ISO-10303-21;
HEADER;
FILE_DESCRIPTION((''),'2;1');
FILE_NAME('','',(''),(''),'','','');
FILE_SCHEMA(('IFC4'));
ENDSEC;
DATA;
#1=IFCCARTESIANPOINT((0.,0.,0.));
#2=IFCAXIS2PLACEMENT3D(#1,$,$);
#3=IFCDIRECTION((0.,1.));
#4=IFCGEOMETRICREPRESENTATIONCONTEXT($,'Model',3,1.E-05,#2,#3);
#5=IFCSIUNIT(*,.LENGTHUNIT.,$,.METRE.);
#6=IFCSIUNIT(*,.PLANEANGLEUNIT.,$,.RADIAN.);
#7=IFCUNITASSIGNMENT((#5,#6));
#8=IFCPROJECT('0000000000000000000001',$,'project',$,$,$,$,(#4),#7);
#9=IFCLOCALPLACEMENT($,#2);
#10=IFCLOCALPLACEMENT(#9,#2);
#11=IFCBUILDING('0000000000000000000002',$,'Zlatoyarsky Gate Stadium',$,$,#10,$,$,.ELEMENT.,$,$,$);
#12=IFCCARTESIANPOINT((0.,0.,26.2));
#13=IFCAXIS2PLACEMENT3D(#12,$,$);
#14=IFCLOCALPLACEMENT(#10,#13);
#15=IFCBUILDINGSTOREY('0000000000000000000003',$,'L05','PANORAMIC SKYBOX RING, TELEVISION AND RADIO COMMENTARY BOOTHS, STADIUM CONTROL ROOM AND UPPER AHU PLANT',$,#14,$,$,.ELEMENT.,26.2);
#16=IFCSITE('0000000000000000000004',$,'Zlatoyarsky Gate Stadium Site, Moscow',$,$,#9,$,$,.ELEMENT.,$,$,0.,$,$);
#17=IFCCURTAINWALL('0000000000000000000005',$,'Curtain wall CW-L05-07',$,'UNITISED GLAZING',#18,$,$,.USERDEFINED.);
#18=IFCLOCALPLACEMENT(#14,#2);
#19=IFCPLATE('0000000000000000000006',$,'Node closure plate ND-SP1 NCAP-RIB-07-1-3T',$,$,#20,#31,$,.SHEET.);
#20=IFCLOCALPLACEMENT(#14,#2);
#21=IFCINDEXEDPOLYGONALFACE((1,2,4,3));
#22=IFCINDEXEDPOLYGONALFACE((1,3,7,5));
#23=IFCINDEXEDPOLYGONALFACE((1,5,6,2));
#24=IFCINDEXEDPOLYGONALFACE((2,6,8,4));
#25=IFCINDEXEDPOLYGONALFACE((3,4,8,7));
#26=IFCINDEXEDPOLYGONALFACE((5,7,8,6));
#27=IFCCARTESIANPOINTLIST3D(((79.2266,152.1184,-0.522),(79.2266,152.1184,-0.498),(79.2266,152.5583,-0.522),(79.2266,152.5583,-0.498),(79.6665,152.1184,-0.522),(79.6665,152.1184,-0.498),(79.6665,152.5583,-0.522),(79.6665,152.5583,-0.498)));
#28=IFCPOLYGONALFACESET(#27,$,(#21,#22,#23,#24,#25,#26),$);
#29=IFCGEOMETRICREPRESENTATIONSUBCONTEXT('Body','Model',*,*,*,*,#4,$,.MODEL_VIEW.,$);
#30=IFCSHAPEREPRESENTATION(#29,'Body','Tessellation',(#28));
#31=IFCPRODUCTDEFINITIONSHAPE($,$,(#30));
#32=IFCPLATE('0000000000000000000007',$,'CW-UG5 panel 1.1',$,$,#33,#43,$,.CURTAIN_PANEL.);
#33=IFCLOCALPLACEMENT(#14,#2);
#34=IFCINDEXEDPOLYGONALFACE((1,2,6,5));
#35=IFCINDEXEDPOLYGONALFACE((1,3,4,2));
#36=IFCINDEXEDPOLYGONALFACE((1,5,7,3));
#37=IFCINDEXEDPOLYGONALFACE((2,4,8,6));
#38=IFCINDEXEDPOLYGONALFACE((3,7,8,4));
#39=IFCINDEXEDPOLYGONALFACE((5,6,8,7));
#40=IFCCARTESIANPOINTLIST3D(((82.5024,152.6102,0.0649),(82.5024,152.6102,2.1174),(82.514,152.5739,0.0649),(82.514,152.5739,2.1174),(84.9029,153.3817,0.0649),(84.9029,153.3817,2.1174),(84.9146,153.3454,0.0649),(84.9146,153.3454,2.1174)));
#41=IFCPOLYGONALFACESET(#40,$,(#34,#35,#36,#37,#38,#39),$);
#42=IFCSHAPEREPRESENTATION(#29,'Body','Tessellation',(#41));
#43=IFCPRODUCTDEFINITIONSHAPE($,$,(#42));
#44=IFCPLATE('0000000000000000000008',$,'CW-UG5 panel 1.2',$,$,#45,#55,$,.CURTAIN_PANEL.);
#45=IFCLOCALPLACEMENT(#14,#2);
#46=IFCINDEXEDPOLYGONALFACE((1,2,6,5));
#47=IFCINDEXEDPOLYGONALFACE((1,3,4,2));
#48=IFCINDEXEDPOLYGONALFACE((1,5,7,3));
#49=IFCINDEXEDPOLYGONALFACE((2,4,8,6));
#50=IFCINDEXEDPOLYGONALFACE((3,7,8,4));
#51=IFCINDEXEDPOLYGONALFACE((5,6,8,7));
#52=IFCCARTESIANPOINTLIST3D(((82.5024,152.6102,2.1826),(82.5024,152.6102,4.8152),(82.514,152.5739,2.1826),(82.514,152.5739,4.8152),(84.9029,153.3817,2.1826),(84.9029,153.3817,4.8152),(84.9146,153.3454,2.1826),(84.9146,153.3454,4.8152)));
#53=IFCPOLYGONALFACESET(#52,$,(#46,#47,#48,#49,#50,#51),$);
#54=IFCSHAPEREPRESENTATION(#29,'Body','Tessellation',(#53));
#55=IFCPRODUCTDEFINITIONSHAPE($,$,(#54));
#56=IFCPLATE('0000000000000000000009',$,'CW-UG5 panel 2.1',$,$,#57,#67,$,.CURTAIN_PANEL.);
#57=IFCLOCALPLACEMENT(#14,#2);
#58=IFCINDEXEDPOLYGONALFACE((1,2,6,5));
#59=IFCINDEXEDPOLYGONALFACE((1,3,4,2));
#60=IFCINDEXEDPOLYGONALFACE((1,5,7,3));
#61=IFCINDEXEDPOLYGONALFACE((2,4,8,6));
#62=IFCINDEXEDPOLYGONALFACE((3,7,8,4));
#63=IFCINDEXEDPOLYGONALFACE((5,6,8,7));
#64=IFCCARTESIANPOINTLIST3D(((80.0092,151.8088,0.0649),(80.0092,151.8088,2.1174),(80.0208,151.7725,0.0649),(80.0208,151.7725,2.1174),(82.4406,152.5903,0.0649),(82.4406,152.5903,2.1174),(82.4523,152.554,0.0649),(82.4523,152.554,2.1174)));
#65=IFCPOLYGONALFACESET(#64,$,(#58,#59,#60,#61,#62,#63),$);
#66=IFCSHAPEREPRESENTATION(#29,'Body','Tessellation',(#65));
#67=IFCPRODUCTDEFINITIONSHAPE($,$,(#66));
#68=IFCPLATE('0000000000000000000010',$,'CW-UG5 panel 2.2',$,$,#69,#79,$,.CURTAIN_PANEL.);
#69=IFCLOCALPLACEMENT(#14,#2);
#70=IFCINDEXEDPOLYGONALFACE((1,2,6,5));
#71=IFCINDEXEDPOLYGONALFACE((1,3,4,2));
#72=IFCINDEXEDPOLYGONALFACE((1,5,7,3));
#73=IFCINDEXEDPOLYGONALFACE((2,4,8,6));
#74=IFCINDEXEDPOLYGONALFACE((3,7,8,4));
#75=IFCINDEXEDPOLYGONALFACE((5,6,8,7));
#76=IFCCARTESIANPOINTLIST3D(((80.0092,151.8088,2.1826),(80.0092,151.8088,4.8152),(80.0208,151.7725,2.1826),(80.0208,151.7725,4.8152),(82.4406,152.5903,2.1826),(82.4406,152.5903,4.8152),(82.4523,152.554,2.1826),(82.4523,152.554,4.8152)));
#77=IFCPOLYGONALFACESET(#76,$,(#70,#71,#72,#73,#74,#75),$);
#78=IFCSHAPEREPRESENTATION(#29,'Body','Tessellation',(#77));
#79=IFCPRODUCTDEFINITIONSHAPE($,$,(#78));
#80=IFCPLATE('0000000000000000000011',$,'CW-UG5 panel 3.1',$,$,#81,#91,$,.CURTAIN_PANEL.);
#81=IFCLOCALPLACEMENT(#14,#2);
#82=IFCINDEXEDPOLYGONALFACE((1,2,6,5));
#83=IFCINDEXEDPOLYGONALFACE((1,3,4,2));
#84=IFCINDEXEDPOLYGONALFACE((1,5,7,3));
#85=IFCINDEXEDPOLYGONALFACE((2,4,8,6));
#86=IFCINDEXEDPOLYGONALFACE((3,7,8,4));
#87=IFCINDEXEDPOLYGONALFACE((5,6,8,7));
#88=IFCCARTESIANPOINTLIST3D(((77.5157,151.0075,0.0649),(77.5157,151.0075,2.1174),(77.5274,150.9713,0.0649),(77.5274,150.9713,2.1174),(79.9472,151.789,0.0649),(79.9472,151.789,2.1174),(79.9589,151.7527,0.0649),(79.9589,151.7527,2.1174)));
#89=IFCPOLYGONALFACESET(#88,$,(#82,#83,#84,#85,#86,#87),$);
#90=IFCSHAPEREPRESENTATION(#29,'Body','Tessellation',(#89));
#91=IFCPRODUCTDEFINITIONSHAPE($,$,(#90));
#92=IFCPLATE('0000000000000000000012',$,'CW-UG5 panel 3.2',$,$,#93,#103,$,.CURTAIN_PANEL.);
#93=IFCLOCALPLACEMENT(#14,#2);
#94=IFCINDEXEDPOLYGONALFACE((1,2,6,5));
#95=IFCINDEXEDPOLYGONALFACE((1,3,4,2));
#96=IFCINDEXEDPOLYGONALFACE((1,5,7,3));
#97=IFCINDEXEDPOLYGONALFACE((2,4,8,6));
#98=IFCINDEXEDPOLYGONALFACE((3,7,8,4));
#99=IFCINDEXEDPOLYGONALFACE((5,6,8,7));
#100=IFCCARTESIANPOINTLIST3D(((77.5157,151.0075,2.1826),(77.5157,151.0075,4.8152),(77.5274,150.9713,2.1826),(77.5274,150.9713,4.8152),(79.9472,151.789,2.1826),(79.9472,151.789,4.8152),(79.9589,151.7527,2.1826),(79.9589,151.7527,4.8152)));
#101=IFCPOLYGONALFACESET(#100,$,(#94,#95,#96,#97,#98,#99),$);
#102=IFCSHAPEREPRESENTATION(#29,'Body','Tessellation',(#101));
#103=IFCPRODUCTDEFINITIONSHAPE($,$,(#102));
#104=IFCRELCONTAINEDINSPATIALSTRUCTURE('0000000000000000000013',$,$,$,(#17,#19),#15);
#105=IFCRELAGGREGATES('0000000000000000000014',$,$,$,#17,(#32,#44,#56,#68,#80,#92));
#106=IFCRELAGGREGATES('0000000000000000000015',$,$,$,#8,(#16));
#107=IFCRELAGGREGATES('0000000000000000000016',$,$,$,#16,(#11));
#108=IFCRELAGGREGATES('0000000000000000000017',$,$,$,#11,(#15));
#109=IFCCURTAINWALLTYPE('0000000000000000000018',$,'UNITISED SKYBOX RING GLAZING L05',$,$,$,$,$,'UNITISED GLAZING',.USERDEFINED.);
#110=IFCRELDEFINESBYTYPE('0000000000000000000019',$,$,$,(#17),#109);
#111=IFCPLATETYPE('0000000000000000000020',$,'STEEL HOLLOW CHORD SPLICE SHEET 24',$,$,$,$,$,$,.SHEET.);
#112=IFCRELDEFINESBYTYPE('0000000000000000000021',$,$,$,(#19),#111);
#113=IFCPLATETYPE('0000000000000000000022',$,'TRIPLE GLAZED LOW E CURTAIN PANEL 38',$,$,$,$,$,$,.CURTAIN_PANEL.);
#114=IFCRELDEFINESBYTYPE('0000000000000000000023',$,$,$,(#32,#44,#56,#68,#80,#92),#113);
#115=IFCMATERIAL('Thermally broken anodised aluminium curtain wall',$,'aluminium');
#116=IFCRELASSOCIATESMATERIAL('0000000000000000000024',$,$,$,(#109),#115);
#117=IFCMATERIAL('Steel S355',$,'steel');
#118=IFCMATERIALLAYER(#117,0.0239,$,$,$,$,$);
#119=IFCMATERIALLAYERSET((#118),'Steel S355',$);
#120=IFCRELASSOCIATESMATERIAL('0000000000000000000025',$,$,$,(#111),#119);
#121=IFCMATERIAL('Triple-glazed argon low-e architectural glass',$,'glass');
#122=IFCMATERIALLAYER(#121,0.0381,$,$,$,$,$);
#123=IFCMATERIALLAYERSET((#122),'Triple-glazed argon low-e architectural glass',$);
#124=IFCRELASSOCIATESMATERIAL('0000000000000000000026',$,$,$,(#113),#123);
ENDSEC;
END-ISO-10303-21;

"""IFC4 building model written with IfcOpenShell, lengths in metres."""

from ifc_helpers import new_model, si_unit, direction, frame, origin, origin_2d, place, context, subcontext, project, spatial, rectangle, extrude, material, layer, layer_set, type_object, element, aggregate, save


model = new_model("IFC4")

# Units and contexts
model_context = context("Model", 3, precision=1e-05, world=origin(), true_north=direction((0.0, 1.0)))
body_context = subcontext(model_context, "Body", "Model", "MODEL_VIEW")
ifc_project = project(units=[si_unit("LENGTHUNIT", "METRE"), si_unit("PLANEANGLEUNIT", "RADIAN")], contexts=[model_context])

# Site, building, storey
site_placement = place(None, origin())
site = spatial("IfcSite", under=ifc_project, at=site_placement, Name="Zlatoyarsky Gate Stadium Site, Moscow", CompositionType="ELEMENT", RefElevation=0.0)
building_placement = place(site_placement, origin())
building = spatial("IfcBuilding", under=site, at=building_placement, Name="Zlatoyarsky Gate Stadium", CompositionType="ELEMENT")
storey_placement = place(building_placement, frame((0.0, 0.0, 26.2)))
storey = spatial("IfcBuildingStorey", under=building, at=storey_placement, Name="L05", Description="PANORAMIC SKYBOX RING, TELEVISION AND RADIO COMMENTARY BOOTHS, STADIUM CONTROL ROOM AND UPPER AHU PLANT", CompositionType="ELEMENT", Elevation=26.2)

# Shared definitions
ifc_material_1 = material(Name="Thermally broken anodised aluminium curtain wall", Category="aluminium")

# Curtain wall
curtain_wall_type_1 = type_object("IfcCurtainWallType", Name="UNITISED SKYBOX RING GLAZING L05", ElementType="UNITISED GLAZING", PredefinedType="USERDEFINED", material=ifc_material_1)
curtain_wall_1_placement = place(storey_placement, origin())
curtain_wall_1 = element("IfcCurtainWall", 1, at=curtain_wall_1_placement, inside=storey, type_object=curtain_wall_type_1, Name="Curtain wall CW-L05-07", ObjectType="UNITISED GLAZING", PredefinedType="USERDEFINED")

# Shared definitions
ifc_material_2 = material(Name="Steel S355", Category="steel")

# Plate
ifc_layer_1 = layer(ifc_material_2, 0.0239)
ifc_layer_set_1 = layer_set([ifc_layer_1], Name="Steel S355")
plate_type_1 = type_object("IfcPlateType", Name="STEEL HOLLOW CHORD SPLICE SHEET 24", PredefinedType="SHEET", material=ifc_layer_set_1)
plate_1_placement = place(storey_placement, frame((79.4465, 152.3384, -0.522), z_axis=(0.0, 0.0, 1.0), x_axis=(1.0, 0.0, 0.0)))
element("IfcPlate", 2, at=plate_1_placement, inside=storey, type_object=plate_type_1, Name="Node closure plate ND-SP1 NCAP-RIB-07-1-3T", PredefinedType="SHEET", context=body_context, shape_type="SweptSolid", body=[
    extrude(rectangle(XDim=0.4399, YDim=0.4399, at=origin_2d()), origin(), (0.0, 0.0, 1.0), 0.0239),
])

# Plates
ifc_material_3 = material(Name="Triple-glazed argon low-e architectural glass", Category="glass")
ifc_layer_2 = layer(ifc_material_3, 0.0381)
ifc_layer_set_2 = layer_set([ifc_layer_2], Name="Triple-glazed argon low-e architectural glass")
plate_type_2 = type_object("IfcPlateType", Name="TRIPLE GLAZED LOW E CURTAIN PANEL 38", PredefinedType="CURTAIN_PANEL", material=ifc_layer_set_2)
plate_2_placement = place(storey_placement, frame((83.7085, 152.9778, 0.0649), z_axis=(0.0, 0.0, 1.0), x_axis=(-0.952038, -0.305979, 0.0)))
plate_2 = element("IfcPlate", 3, at=plate_2_placement, type_object=plate_type_2, Name="CW-UG5 panel 1.1", PredefinedType="CURTAIN_PANEL", context=body_context, shape_type="SweptSolid", body=[
    extrude(rectangle(XDim=2.5215, YDim=0.0381, at=origin_2d()), origin(), (0.0, 0.0, 1.0), 2.0525),
])
plate_3_placement = place(storey_placement, frame((83.7085, 152.9778, 2.1826), z_axis=(0.0, 0.0, 1.0), x_axis=(-0.952038, -0.305979, 0.0)))
plate_3 = element("IfcPlate", 4, at=plate_3_placement, type_object=plate_type_2, Name="CW-UG5 panel 1.2", PredefinedType="CURTAIN_PANEL", context=body_context, shape_type="SweptSolid", body=[
    extrude(rectangle(XDim=2.5215, YDim=0.0381, at=origin_2d()), origin(), (0.0, 0.0, 1.0), 2.6326),
])
plate_4_placement = place(storey_placement, frame((81.2307, 152.1814, 0.0649), z_axis=(0.0, 0.0, 1.0), x_axis=(-0.952038, -0.305979, 0.0)))
plate_4 = element("IfcPlate", 5, at=plate_4_placement, type_object=plate_type_2, Name="CW-UG5 panel 2.1", PredefinedType="CURTAIN_PANEL", context=body_context, shape_type="SweptSolid", body=[
    extrude(rectangle(XDim=2.554, YDim=0.0381, at=origin_2d()), origin(), (0.0, 0.0, 1.0), 2.0525),
])
plate_5_placement = place(storey_placement, frame((81.2307, 152.1814, 2.1826), z_axis=(0.0, 0.0, 1.0), x_axis=(-0.952038, -0.305979, 0.0)))
plate_5 = element("IfcPlate", 6, at=plate_5_placement, type_object=plate_type_2, Name="CW-UG5 panel 2.2", PredefinedType="CURTAIN_PANEL", context=body_context, shape_type="SweptSolid", body=[
    extrude(rectangle(XDim=2.554, YDim=0.0381, at=origin_2d()), origin(), (0.0, 0.0, 1.0), 2.6326),
])
plate_6_placement = place(storey_placement, frame((78.7373, 151.3801, 0.0649), z_axis=(0.0, 0.0, 1.0), x_axis=(-0.952038, -0.305979, 0.0)))
plate_6 = element("IfcPlate", 7, at=plate_6_placement, type_object=plate_type_2, Name="CW-UG5 panel 3.1", PredefinedType="CURTAIN_PANEL", context=body_context, shape_type="SweptSolid", body=[
    extrude(rectangle(XDim=2.554, YDim=0.0381, at=origin_2d()), origin(), (0.0, 0.0, 1.0), 2.0525),
])
plate_7_placement = place(storey_placement, frame((78.7373, 151.3801, 2.1826), z_axis=(0.0, 0.0, 1.0), x_axis=(-0.952038, -0.305979, 0.0)))
plate_7 = element("IfcPlate", 8, at=plate_7_placement, type_object=plate_type_2, Name="CW-UG5 panel 3.2", PredefinedType="CURTAIN_PANEL", context=body_context, shape_type="SweptSolid", body=[
    extrude(rectangle(XDim=2.554, YDim=0.0381, at=origin_2d()), origin(), (0.0, 0.0, 1.0), 2.6326),
])
aggregate(curtain_wall_1, [plate_2, plate_3, plate_4, plate_5, plate_6, plate_7])

save(model, "model.ifc")
